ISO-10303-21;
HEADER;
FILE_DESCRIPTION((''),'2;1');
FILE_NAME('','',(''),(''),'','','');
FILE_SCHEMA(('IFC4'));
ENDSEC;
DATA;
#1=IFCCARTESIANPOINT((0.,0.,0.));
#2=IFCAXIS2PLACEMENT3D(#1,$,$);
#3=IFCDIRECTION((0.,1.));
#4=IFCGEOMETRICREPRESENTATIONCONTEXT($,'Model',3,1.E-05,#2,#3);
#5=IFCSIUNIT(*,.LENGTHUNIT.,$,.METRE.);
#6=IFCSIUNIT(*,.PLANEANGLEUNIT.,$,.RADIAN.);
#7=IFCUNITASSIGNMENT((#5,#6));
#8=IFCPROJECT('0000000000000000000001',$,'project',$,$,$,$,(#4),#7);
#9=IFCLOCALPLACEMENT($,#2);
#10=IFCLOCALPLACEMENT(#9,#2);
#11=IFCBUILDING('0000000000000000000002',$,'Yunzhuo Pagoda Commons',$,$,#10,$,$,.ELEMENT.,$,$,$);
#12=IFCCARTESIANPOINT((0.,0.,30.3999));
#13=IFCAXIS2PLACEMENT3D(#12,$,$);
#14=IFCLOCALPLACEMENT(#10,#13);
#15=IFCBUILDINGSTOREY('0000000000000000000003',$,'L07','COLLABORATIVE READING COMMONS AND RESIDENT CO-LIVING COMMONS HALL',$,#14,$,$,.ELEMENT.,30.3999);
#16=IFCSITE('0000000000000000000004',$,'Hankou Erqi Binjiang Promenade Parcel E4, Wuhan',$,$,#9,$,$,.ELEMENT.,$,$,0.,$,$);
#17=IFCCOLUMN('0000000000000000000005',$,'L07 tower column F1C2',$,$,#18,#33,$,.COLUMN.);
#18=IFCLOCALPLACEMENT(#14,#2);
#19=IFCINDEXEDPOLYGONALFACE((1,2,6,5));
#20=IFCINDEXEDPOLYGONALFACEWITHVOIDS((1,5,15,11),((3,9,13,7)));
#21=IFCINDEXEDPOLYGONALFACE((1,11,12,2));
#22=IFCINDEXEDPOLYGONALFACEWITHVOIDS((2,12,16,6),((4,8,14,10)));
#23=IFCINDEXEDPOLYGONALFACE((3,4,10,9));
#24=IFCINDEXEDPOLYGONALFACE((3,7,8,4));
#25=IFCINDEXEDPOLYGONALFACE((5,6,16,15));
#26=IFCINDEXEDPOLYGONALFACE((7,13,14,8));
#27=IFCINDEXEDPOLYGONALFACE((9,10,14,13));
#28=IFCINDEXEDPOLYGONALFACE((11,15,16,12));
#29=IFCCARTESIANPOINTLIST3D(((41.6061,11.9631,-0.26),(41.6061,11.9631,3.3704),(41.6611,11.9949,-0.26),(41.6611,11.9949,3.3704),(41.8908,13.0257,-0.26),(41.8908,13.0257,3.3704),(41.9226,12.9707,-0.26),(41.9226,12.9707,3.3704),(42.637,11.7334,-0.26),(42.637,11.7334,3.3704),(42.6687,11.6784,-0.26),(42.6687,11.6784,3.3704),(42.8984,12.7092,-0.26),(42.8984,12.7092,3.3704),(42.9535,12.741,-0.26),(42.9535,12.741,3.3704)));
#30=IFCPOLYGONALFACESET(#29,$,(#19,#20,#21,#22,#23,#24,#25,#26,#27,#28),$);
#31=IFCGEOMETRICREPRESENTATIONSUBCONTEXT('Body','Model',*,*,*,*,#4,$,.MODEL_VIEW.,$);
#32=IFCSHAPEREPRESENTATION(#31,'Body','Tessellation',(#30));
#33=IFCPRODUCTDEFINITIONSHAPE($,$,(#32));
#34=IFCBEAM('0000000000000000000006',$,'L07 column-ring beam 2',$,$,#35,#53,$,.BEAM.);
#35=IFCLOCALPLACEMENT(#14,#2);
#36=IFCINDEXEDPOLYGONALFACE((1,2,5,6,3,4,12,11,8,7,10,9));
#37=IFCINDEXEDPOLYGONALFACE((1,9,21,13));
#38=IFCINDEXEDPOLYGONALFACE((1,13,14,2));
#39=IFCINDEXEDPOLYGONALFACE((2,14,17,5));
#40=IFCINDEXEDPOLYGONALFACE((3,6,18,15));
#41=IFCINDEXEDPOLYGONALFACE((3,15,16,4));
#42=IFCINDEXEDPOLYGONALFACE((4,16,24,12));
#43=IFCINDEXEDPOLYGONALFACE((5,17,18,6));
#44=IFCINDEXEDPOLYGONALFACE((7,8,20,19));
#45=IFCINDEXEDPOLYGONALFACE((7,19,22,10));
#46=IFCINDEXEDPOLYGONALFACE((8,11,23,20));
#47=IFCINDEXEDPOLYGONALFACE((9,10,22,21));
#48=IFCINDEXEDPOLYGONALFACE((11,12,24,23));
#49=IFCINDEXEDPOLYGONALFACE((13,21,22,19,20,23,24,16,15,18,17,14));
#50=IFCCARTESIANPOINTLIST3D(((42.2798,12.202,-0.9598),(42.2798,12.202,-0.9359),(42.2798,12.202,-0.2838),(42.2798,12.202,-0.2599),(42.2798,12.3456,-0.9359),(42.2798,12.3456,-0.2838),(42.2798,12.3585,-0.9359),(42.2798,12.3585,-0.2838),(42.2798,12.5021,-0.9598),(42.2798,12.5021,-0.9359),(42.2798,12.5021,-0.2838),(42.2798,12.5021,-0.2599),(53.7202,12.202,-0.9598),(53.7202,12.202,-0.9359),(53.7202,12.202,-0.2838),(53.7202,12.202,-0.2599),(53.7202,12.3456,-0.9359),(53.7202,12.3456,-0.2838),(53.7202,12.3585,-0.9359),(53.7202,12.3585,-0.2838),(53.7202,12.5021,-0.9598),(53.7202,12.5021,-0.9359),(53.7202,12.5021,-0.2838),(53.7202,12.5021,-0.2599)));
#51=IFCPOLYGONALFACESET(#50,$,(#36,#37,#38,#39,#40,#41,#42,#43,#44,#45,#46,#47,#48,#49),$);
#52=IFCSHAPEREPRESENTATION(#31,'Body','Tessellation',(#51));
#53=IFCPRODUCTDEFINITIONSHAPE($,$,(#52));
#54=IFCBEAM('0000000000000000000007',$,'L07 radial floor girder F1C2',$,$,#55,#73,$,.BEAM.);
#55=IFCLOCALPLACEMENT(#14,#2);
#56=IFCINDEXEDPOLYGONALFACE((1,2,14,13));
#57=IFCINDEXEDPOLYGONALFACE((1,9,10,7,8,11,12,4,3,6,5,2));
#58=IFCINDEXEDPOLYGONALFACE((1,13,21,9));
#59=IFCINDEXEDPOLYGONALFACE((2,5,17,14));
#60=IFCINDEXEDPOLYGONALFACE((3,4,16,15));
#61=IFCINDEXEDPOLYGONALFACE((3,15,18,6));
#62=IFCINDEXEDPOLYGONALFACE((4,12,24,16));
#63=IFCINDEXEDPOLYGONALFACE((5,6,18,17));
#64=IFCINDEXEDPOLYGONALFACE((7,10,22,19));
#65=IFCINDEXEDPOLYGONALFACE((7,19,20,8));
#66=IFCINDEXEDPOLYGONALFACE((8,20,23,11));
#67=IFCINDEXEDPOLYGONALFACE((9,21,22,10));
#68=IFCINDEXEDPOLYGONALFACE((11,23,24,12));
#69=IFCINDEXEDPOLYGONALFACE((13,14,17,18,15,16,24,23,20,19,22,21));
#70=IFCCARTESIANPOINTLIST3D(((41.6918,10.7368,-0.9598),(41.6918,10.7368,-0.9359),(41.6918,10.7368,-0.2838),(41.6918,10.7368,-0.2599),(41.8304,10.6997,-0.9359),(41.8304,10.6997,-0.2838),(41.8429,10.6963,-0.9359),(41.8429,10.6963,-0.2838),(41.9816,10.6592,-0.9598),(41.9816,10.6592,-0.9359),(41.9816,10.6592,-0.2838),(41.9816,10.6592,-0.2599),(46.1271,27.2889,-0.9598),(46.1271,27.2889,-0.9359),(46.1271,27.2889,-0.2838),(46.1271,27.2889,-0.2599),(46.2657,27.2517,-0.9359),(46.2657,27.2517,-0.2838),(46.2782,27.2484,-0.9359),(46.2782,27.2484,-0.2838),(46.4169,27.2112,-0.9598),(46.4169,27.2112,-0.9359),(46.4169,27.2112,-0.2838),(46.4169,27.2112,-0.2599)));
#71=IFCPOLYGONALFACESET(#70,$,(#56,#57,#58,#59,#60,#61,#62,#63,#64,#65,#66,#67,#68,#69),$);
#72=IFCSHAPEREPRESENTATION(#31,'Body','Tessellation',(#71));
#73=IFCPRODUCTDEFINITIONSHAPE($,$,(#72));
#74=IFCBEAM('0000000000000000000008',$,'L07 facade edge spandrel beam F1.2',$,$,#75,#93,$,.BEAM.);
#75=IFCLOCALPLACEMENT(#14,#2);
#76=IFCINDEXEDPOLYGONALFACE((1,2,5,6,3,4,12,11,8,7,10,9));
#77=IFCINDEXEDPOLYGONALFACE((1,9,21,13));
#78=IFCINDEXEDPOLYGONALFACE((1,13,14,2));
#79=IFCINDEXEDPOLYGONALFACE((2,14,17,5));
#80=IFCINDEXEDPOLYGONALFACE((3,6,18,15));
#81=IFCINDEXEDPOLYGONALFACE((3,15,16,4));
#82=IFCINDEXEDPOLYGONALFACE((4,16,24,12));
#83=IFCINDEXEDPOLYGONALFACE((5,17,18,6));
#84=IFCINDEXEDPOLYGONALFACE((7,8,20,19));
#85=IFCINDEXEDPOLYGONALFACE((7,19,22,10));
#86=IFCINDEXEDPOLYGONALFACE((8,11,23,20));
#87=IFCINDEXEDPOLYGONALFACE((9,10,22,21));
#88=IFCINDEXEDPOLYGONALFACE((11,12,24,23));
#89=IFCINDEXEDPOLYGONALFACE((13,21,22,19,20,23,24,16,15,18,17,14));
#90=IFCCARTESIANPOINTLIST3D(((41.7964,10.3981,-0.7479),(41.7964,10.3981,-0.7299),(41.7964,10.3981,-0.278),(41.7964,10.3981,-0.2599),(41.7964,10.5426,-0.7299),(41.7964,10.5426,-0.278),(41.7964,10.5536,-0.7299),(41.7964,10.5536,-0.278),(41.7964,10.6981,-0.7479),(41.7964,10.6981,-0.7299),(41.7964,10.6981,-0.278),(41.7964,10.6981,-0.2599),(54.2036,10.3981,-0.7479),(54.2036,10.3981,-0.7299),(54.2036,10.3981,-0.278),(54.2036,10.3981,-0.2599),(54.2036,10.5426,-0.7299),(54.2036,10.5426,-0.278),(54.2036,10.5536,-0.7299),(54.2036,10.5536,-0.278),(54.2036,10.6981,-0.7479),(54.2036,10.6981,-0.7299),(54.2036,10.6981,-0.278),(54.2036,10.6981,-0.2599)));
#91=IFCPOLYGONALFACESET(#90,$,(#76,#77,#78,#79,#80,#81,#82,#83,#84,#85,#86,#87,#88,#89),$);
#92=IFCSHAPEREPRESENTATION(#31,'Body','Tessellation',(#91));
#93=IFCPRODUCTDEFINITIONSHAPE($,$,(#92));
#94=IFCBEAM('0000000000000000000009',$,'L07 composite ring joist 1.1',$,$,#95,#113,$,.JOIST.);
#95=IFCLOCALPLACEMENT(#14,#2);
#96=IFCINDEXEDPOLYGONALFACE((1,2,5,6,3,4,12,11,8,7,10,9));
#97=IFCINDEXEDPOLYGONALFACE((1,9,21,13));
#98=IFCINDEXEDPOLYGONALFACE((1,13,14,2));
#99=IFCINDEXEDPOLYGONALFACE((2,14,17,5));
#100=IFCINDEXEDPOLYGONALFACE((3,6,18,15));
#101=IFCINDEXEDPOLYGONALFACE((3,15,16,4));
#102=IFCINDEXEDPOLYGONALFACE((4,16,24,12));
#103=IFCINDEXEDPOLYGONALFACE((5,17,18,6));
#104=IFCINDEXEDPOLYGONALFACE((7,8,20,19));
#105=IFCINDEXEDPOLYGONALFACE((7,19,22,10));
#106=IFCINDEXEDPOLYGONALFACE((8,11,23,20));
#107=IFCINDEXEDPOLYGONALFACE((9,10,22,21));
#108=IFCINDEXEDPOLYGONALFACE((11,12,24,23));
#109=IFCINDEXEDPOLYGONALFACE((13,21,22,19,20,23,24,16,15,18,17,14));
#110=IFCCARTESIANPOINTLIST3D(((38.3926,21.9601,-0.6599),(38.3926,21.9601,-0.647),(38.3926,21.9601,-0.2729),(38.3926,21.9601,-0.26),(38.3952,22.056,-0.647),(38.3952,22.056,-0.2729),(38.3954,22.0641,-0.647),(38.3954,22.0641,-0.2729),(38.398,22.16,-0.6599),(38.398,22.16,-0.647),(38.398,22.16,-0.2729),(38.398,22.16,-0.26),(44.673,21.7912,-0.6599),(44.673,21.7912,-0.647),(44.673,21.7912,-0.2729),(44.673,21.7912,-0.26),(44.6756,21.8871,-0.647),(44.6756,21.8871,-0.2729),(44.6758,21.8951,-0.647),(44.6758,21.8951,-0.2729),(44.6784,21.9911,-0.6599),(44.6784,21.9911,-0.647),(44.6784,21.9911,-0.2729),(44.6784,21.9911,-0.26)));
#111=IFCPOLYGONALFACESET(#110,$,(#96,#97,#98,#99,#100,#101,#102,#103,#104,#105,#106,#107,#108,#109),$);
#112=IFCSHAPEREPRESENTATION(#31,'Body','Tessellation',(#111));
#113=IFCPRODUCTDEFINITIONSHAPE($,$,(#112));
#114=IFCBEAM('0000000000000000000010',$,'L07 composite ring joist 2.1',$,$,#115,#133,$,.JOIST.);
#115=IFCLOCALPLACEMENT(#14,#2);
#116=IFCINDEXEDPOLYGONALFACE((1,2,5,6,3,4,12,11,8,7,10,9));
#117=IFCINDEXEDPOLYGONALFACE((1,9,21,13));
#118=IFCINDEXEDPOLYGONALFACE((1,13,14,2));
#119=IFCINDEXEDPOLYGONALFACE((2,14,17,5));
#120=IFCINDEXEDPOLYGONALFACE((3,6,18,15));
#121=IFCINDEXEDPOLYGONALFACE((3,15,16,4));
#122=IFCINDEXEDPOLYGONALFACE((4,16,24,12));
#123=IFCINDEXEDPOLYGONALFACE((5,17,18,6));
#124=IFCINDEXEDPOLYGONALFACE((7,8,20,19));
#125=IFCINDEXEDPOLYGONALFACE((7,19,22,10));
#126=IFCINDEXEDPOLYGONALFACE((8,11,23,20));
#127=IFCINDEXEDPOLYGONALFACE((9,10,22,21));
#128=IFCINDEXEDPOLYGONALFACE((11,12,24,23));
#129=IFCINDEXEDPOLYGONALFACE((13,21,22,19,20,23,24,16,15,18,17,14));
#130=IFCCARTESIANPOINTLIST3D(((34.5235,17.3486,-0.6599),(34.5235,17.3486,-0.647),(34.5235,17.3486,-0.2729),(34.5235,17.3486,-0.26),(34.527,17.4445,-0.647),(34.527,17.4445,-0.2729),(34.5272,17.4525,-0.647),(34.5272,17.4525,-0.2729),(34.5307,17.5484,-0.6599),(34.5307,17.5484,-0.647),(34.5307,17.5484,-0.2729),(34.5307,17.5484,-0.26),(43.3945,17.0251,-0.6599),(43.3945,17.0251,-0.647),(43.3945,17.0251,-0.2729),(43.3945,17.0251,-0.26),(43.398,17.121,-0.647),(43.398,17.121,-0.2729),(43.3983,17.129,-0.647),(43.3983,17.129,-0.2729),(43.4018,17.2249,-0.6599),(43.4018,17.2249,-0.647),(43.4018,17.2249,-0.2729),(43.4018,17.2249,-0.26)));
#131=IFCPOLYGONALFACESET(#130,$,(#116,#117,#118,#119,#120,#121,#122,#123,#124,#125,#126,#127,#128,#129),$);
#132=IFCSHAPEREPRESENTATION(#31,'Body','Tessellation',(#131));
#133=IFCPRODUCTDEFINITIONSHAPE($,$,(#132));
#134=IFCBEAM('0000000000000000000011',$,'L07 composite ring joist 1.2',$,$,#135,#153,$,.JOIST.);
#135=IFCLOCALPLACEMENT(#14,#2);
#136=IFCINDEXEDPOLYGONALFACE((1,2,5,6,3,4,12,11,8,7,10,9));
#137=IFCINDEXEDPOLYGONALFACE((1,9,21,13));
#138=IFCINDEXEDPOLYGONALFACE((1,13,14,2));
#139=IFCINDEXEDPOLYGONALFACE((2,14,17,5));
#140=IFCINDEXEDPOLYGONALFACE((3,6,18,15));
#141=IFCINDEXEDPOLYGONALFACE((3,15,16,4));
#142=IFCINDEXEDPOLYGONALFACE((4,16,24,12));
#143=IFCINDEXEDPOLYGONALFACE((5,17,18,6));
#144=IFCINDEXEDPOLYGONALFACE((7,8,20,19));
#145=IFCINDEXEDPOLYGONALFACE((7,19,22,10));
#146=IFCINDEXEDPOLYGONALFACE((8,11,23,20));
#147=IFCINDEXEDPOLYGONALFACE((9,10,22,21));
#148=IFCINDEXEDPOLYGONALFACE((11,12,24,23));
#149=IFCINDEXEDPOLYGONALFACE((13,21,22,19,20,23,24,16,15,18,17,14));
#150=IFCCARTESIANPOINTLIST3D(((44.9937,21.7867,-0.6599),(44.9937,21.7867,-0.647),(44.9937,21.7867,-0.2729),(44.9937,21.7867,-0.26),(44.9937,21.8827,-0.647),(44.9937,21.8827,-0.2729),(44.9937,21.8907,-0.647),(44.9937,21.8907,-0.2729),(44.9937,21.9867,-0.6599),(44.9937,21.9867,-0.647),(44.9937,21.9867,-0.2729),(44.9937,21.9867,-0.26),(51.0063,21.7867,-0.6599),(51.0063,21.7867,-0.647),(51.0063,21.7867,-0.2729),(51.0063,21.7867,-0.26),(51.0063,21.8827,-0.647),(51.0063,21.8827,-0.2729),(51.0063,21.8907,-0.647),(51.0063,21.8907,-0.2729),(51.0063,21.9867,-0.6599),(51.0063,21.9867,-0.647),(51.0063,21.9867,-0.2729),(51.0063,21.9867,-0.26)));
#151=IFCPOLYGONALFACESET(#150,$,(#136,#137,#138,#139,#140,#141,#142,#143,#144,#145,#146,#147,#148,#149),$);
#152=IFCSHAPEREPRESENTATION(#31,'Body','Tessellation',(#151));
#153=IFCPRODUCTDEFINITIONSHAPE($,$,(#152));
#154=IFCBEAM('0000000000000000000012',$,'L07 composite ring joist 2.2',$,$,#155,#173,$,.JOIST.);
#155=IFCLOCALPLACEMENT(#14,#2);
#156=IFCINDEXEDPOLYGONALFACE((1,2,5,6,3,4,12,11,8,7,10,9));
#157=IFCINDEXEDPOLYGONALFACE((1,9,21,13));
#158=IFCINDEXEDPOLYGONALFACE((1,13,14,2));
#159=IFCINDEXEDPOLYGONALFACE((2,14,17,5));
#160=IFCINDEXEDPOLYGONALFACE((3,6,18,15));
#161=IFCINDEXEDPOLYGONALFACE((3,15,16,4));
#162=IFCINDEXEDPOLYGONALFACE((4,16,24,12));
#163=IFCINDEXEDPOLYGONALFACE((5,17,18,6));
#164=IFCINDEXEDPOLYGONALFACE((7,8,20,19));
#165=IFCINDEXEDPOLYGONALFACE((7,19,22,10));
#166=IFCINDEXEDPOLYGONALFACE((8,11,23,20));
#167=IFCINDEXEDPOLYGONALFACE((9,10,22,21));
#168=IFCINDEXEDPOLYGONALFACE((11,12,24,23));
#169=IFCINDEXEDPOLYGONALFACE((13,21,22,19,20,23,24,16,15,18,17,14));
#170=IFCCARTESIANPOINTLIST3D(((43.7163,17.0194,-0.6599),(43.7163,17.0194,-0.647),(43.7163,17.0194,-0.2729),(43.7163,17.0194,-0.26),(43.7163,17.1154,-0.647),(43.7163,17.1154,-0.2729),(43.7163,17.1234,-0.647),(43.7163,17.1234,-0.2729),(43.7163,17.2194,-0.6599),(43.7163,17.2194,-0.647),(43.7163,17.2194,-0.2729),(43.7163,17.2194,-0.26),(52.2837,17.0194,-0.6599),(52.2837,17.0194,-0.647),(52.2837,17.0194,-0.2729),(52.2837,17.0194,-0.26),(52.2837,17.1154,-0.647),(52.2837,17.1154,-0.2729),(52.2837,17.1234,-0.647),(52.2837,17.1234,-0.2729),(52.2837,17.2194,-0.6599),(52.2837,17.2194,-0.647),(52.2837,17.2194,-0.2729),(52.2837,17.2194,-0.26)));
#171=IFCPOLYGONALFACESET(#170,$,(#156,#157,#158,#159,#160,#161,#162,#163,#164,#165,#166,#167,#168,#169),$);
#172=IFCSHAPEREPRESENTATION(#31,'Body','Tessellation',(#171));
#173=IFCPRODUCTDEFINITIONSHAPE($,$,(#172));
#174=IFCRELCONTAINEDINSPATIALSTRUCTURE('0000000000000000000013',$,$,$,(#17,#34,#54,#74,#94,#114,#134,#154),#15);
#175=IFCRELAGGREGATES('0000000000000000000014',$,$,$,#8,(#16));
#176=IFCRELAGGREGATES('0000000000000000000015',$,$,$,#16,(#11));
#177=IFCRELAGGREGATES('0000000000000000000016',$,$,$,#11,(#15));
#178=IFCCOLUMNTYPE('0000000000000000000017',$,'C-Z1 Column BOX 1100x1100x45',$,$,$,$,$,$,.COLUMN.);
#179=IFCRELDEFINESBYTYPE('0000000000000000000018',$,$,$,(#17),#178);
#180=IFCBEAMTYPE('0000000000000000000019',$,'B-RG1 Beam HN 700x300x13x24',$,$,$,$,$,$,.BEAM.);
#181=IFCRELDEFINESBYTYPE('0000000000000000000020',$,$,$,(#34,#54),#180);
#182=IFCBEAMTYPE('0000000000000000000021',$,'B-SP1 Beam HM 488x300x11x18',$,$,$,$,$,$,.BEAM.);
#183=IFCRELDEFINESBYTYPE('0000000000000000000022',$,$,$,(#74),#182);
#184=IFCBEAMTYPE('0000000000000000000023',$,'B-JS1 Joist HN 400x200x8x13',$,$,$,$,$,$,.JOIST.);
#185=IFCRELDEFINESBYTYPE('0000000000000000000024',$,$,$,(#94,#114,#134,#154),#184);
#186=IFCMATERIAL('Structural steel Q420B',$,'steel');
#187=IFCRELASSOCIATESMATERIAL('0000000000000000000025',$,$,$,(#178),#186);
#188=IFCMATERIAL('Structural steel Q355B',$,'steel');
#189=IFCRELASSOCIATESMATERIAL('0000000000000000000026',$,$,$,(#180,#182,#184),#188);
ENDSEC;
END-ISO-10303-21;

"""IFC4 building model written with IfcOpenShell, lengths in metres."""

from ifc_helpers import new_model, si_unit, direction, frame, origin, origin_2d, place, context, subcontext, project, spatial, hollow_rectangle, i_section, extrude, source, transform, mapped, material, material_profile, profile_set, type_object, element, save


model = new_model("IFC4")

# Units and contexts
model_context = context("Model", 3, precision=1e-05, world=origin(), true_north=direction((0.0, 1.0)))
body_context = subcontext(model_context, "Body", "Model", "MODEL_VIEW")
ifc_project = project(units=[si_unit("LENGTHUNIT", "METRE"), si_unit("PLANEANGLEUNIT", "RADIAN")], contexts=[model_context])

# Site, building, storey
site_placement = place(None, origin())
site = spatial("IfcSite", under=ifc_project, at=site_placement, Name="Hankou Erqi Binjiang Promenade Parcel E4, Wuhan", CompositionType="ELEMENT", RefElevation=0.0)
building_placement = place(site_placement, origin())
building = spatial("IfcBuilding", under=site, at=building_placement, Name="Yunzhuo Pagoda Commons", CompositionType="ELEMENT")
storey_placement = place(building_placement, frame((0.0, 0.0, 30.3999)))
storey = spatial("IfcBuildingStorey", under=building, at=storey_placement, Name="L07", Description="COLLABORATIVE READING COMMONS AND RESIDENT CO-LIVING COMMONS HALL", CompositionType="ELEMENT", Elevation=30.3999)

# Column
ifc_material_1 = material(Name="Structural steel Q420B", Category="steel")
ifc_material_profile_1 = material_profile(ifc_material_1, hollow_rectangle(XDim=1.1001, YDim=1.1001, WallThickness=0.0449, at=origin_2d()), Name="Structural steel Q420B")
ifc_profile_set_1 = profile_set([ifc_material_profile_1], Name="Structural steel Q420B")
column_type = type_object("IfcColumnType", Name="C-Z1 Column BOX 1100x1100x45", PredefinedType="COLUMN", material=ifc_profile_set_1)
shared_shape_1 = source(origin(), body_context, "Body", "SweptSolid", [
    extrude(hollow_rectangle(XDim=1.1001, YDim=1.1001, WallThickness=0.0449, at=origin_2d()), origin(), (0.0, 0.0, 1.0), 3.6304),
])
column_placement = place(storey_placement, frame((42.2798, 12.3521, -0.26), z_axis=(0.0, 0.0, 1.0), x_axis=(0.965926, -0.258819, 0.0)))
element("IfcColumn", 1, at=column_placement, inside=storey, type_object=column_type, Name="L07 tower column F1C2", PredefinedType="COLUMN", context=body_context, shape_type="MappedRepresentation", body=[
    mapped(shared_shape_1, transform((0.0, 0.0, 0.0), scale=1.0)),
])

# Beams
ifc_material_2 = material(Name="Structural steel Q355B", Category="steel")
ifc_material_profile_2 = material_profile(ifc_material_2, i_section(OverallWidth=0.3, OverallDepth=0.7, WebThickness=0.0129, FlangeThickness=0.0239, at=origin_2d()), Name="Structural steel Q355B")
ifc_profile_set_2 = profile_set([ifc_material_profile_2], Name="Structural steel Q355B")
beam_type_1 = type_object("IfcBeamType", Name="B-RG1 Beam HN 700x300x13x24", PredefinedType="BEAM", material=ifc_profile_set_2)
shared_shape_2 = source(origin(), body_context, "Body", "SweptSolid", [
    extrude(i_section(OverallWidth=0.3, OverallDepth=0.7, WebThickness=0.0129, FlangeThickness=0.0239, at=origin_2d()), origin(), (0.0, 0.0, 1.0), 11.4404),
])
beam_1_placement = place(storey_placement, frame((42.2798, 12.3521, -0.6099), z_axis=(1.0, 0.0, 0.0), x_axis=(0.0, 1.0, 0.0)))
element("IfcBeam", 2, at=beam_1_placement, inside=storey, type_object=beam_type_1, Name="L07 column-ring beam 2", PredefinedType="BEAM", context=body_context, shape_type="MappedRepresentation", body=[
    mapped(shared_shape_2, transform((0.0, 0.0, 0.0), scale=1.0)),
])
shared_shape_3 = source(origin(), body_context, "Body", "SweptSolid", [
    extrude(i_section(OverallWidth=0.3, OverallDepth=0.7, WebThickness=0.0129, FlangeThickness=0.0239, at=origin_2d()), origin(), (0.0, 0.0, 1.0), 17.136),
])
beam_2_placement = place(storey_placement, frame((41.8367, 10.698, -0.6099), z_axis=(0.25883, 0.965923, 0.0), x_axis=(-0.965923, 0.25883, 0.0)))
element("IfcBeam", 3, at=beam_2_placement, inside=storey, type_object=beam_type_1, Name="L07 radial floor girder F1C2", PredefinedType="BEAM", context=body_context, shape_type="MappedRepresentation", body=[
    mapped(shared_shape_3, transform((0.0, 0.0, 0.0), scale=1.0)),
])
ifc_material_profile_3 = material_profile(ifc_material_2, i_section(OverallWidth=0.3, OverallDepth=0.488, WebThickness=0.011, FlangeThickness=0.0181, at=origin_2d()), Name="Structural steel Q355B")
ifc_profile_set_3 = profile_set([ifc_material_profile_3], Name="Structural steel Q355B")
beam_type_2 = type_object("IfcBeamType", Name="B-SP1 Beam HM 488x300x11x18", PredefinedType="BEAM", material=ifc_profile_set_3)
shared_shape_4 = source(origin(), body_context, "Body", "SweptSolid", [
    extrude(i_section(OverallWidth=0.3, OverallDepth=0.488, WebThickness=0.011, FlangeThickness=0.0181, at=origin_2d()), origin(), (0.0, 0.0, 1.0), 12.4072),
])
beam_3_placement = place(storey_placement, frame((41.7964, 10.5481, -0.5039), z_axis=(1.0, 0.0, 0.0), x_axis=(0.0, 1.0, 0.0)))
element("IfcBeam", 4, at=beam_3_placement, inside=storey, type_object=beam_type_2, Name="L07 facade edge spandrel beam F1.2", PredefinedType="BEAM", context=body_context, shape_type="MappedRepresentation", body=[
    mapped(shared_shape_4, transform((0.0, 0.0, 0.0), scale=1.0)),
])
ifc_material_profile_4 = material_profile(ifc_material_2, i_section(OverallWidth=0.2, OverallDepth=0.3999, WebThickness=0.0081, FlangeThickness=0.0129, at=origin_2d()), Name="Structural steel Q355B")
ifc_profile_set_4 = profile_set([ifc_material_profile_4], Name="Structural steel Q355B")
beam_type_3 = type_object("IfcBeamType", Name="B-JS1 Joist HN 400x200x8x13", PredefinedType="JOIST", material=ifc_profile_set_4)
shared_shape_5 = source(origin(), body_context, "Body", "SweptSolid", [
    extrude(i_section(OverallWidth=0.2, OverallDepth=0.3999, WebThickness=0.0081, FlangeThickness=0.0129, at=origin_2d()), origin(), (0.0, 0.0, 1.0), 6.2827),
])
beam_4_placement = place(storey_placement, frame((38.3953, 22.0601, -0.46), z_axis=(0.999638, -0.02689, 0.0), x_axis=(0.02689, 0.999638, 0.0)))
element("IfcBeam", 5, at=beam_4_placement, inside=storey, type_object=beam_type_3, Name="L07 composite ring joist 1.1", PredefinedType="JOIST", context=body_context, shape_type="MappedRepresentation", body=[
    mapped(shared_shape_5, transform((0.0, 0.0, 0.0), scale=1.0)),
])
shared_shape_6 = source(origin(), body_context, "Body", "SweptSolid", [
    extrude(i_section(OverallWidth=0.2, OverallDepth=0.3999, WebThickness=0.0081, FlangeThickness=0.0129, at=origin_2d()), origin(), (0.0, 0.0, 1.0), 8.877),
])
beam_5_placement = place(storey_placement, frame((34.5271, 17.4485, -0.46), z_axis=(0.999336, -0.036441, 0.0), x_axis=(0.036441, 0.999336, 0.0)))
element("IfcBeam", 6, at=beam_5_placement, inside=storey, type_object=beam_type_3, Name="L07 composite ring joist 2.1", PredefinedType="JOIST", context=body_context, shape_type="MappedRepresentation", body=[
    mapped(shared_shape_6, transform((0.0, 0.0, 0.0), scale=1.0)),
])
shared_shape_7 = source(origin(), body_context, "Body", "SweptSolid", [
    extrude(i_section(OverallWidth=0.2, OverallDepth=0.3999, WebThickness=0.0081, FlangeThickness=0.0129, at=origin_2d()), origin(), (0.0, 0.0, 1.0), 6.0127),
])
beam_6_placement = place(storey_placement, frame((44.9937, 21.8867, -0.46), z_axis=(1.0, 0.0, 0.0), x_axis=(0.0, 1.0, 0.0)))
element("IfcBeam", 7, at=beam_6_placement, inside=storey, type_object=beam_type_3, Name="L07 composite ring joist 1.2", PredefinedType="JOIST", context=body_context, shape_type="MappedRepresentation", body=[
    mapped(shared_shape_7, transform((0.0, 0.0, 0.0), scale=1.0)),
])
shared_shape_8 = source(origin(), body_context, "Body", "SweptSolid", [
    extrude(i_section(OverallWidth=0.2, OverallDepth=0.3999, WebThickness=0.0081, FlangeThickness=0.0129, at=origin_2d()), origin(), (0.0, 0.0, 1.0), 8.5674),
])
beam_7_placement = place(storey_placement, frame((43.7163, 17.1194, -0.46), z_axis=(1.0, 0.0, 0.0), x_axis=(0.0, 1.0, 0.0)))
element("IfcBeam", 8, at=beam_7_placement, inside=storey, type_object=beam_type_3, Name="L07 composite ring joist 2.2", PredefinedType="JOIST", context=body_context, shape_type="MappedRepresentation", body=[
    mapped(shared_shape_8, transform((0.0, 0.0, 0.0), scale=1.0)),
])

save(model, "model.ifc")
